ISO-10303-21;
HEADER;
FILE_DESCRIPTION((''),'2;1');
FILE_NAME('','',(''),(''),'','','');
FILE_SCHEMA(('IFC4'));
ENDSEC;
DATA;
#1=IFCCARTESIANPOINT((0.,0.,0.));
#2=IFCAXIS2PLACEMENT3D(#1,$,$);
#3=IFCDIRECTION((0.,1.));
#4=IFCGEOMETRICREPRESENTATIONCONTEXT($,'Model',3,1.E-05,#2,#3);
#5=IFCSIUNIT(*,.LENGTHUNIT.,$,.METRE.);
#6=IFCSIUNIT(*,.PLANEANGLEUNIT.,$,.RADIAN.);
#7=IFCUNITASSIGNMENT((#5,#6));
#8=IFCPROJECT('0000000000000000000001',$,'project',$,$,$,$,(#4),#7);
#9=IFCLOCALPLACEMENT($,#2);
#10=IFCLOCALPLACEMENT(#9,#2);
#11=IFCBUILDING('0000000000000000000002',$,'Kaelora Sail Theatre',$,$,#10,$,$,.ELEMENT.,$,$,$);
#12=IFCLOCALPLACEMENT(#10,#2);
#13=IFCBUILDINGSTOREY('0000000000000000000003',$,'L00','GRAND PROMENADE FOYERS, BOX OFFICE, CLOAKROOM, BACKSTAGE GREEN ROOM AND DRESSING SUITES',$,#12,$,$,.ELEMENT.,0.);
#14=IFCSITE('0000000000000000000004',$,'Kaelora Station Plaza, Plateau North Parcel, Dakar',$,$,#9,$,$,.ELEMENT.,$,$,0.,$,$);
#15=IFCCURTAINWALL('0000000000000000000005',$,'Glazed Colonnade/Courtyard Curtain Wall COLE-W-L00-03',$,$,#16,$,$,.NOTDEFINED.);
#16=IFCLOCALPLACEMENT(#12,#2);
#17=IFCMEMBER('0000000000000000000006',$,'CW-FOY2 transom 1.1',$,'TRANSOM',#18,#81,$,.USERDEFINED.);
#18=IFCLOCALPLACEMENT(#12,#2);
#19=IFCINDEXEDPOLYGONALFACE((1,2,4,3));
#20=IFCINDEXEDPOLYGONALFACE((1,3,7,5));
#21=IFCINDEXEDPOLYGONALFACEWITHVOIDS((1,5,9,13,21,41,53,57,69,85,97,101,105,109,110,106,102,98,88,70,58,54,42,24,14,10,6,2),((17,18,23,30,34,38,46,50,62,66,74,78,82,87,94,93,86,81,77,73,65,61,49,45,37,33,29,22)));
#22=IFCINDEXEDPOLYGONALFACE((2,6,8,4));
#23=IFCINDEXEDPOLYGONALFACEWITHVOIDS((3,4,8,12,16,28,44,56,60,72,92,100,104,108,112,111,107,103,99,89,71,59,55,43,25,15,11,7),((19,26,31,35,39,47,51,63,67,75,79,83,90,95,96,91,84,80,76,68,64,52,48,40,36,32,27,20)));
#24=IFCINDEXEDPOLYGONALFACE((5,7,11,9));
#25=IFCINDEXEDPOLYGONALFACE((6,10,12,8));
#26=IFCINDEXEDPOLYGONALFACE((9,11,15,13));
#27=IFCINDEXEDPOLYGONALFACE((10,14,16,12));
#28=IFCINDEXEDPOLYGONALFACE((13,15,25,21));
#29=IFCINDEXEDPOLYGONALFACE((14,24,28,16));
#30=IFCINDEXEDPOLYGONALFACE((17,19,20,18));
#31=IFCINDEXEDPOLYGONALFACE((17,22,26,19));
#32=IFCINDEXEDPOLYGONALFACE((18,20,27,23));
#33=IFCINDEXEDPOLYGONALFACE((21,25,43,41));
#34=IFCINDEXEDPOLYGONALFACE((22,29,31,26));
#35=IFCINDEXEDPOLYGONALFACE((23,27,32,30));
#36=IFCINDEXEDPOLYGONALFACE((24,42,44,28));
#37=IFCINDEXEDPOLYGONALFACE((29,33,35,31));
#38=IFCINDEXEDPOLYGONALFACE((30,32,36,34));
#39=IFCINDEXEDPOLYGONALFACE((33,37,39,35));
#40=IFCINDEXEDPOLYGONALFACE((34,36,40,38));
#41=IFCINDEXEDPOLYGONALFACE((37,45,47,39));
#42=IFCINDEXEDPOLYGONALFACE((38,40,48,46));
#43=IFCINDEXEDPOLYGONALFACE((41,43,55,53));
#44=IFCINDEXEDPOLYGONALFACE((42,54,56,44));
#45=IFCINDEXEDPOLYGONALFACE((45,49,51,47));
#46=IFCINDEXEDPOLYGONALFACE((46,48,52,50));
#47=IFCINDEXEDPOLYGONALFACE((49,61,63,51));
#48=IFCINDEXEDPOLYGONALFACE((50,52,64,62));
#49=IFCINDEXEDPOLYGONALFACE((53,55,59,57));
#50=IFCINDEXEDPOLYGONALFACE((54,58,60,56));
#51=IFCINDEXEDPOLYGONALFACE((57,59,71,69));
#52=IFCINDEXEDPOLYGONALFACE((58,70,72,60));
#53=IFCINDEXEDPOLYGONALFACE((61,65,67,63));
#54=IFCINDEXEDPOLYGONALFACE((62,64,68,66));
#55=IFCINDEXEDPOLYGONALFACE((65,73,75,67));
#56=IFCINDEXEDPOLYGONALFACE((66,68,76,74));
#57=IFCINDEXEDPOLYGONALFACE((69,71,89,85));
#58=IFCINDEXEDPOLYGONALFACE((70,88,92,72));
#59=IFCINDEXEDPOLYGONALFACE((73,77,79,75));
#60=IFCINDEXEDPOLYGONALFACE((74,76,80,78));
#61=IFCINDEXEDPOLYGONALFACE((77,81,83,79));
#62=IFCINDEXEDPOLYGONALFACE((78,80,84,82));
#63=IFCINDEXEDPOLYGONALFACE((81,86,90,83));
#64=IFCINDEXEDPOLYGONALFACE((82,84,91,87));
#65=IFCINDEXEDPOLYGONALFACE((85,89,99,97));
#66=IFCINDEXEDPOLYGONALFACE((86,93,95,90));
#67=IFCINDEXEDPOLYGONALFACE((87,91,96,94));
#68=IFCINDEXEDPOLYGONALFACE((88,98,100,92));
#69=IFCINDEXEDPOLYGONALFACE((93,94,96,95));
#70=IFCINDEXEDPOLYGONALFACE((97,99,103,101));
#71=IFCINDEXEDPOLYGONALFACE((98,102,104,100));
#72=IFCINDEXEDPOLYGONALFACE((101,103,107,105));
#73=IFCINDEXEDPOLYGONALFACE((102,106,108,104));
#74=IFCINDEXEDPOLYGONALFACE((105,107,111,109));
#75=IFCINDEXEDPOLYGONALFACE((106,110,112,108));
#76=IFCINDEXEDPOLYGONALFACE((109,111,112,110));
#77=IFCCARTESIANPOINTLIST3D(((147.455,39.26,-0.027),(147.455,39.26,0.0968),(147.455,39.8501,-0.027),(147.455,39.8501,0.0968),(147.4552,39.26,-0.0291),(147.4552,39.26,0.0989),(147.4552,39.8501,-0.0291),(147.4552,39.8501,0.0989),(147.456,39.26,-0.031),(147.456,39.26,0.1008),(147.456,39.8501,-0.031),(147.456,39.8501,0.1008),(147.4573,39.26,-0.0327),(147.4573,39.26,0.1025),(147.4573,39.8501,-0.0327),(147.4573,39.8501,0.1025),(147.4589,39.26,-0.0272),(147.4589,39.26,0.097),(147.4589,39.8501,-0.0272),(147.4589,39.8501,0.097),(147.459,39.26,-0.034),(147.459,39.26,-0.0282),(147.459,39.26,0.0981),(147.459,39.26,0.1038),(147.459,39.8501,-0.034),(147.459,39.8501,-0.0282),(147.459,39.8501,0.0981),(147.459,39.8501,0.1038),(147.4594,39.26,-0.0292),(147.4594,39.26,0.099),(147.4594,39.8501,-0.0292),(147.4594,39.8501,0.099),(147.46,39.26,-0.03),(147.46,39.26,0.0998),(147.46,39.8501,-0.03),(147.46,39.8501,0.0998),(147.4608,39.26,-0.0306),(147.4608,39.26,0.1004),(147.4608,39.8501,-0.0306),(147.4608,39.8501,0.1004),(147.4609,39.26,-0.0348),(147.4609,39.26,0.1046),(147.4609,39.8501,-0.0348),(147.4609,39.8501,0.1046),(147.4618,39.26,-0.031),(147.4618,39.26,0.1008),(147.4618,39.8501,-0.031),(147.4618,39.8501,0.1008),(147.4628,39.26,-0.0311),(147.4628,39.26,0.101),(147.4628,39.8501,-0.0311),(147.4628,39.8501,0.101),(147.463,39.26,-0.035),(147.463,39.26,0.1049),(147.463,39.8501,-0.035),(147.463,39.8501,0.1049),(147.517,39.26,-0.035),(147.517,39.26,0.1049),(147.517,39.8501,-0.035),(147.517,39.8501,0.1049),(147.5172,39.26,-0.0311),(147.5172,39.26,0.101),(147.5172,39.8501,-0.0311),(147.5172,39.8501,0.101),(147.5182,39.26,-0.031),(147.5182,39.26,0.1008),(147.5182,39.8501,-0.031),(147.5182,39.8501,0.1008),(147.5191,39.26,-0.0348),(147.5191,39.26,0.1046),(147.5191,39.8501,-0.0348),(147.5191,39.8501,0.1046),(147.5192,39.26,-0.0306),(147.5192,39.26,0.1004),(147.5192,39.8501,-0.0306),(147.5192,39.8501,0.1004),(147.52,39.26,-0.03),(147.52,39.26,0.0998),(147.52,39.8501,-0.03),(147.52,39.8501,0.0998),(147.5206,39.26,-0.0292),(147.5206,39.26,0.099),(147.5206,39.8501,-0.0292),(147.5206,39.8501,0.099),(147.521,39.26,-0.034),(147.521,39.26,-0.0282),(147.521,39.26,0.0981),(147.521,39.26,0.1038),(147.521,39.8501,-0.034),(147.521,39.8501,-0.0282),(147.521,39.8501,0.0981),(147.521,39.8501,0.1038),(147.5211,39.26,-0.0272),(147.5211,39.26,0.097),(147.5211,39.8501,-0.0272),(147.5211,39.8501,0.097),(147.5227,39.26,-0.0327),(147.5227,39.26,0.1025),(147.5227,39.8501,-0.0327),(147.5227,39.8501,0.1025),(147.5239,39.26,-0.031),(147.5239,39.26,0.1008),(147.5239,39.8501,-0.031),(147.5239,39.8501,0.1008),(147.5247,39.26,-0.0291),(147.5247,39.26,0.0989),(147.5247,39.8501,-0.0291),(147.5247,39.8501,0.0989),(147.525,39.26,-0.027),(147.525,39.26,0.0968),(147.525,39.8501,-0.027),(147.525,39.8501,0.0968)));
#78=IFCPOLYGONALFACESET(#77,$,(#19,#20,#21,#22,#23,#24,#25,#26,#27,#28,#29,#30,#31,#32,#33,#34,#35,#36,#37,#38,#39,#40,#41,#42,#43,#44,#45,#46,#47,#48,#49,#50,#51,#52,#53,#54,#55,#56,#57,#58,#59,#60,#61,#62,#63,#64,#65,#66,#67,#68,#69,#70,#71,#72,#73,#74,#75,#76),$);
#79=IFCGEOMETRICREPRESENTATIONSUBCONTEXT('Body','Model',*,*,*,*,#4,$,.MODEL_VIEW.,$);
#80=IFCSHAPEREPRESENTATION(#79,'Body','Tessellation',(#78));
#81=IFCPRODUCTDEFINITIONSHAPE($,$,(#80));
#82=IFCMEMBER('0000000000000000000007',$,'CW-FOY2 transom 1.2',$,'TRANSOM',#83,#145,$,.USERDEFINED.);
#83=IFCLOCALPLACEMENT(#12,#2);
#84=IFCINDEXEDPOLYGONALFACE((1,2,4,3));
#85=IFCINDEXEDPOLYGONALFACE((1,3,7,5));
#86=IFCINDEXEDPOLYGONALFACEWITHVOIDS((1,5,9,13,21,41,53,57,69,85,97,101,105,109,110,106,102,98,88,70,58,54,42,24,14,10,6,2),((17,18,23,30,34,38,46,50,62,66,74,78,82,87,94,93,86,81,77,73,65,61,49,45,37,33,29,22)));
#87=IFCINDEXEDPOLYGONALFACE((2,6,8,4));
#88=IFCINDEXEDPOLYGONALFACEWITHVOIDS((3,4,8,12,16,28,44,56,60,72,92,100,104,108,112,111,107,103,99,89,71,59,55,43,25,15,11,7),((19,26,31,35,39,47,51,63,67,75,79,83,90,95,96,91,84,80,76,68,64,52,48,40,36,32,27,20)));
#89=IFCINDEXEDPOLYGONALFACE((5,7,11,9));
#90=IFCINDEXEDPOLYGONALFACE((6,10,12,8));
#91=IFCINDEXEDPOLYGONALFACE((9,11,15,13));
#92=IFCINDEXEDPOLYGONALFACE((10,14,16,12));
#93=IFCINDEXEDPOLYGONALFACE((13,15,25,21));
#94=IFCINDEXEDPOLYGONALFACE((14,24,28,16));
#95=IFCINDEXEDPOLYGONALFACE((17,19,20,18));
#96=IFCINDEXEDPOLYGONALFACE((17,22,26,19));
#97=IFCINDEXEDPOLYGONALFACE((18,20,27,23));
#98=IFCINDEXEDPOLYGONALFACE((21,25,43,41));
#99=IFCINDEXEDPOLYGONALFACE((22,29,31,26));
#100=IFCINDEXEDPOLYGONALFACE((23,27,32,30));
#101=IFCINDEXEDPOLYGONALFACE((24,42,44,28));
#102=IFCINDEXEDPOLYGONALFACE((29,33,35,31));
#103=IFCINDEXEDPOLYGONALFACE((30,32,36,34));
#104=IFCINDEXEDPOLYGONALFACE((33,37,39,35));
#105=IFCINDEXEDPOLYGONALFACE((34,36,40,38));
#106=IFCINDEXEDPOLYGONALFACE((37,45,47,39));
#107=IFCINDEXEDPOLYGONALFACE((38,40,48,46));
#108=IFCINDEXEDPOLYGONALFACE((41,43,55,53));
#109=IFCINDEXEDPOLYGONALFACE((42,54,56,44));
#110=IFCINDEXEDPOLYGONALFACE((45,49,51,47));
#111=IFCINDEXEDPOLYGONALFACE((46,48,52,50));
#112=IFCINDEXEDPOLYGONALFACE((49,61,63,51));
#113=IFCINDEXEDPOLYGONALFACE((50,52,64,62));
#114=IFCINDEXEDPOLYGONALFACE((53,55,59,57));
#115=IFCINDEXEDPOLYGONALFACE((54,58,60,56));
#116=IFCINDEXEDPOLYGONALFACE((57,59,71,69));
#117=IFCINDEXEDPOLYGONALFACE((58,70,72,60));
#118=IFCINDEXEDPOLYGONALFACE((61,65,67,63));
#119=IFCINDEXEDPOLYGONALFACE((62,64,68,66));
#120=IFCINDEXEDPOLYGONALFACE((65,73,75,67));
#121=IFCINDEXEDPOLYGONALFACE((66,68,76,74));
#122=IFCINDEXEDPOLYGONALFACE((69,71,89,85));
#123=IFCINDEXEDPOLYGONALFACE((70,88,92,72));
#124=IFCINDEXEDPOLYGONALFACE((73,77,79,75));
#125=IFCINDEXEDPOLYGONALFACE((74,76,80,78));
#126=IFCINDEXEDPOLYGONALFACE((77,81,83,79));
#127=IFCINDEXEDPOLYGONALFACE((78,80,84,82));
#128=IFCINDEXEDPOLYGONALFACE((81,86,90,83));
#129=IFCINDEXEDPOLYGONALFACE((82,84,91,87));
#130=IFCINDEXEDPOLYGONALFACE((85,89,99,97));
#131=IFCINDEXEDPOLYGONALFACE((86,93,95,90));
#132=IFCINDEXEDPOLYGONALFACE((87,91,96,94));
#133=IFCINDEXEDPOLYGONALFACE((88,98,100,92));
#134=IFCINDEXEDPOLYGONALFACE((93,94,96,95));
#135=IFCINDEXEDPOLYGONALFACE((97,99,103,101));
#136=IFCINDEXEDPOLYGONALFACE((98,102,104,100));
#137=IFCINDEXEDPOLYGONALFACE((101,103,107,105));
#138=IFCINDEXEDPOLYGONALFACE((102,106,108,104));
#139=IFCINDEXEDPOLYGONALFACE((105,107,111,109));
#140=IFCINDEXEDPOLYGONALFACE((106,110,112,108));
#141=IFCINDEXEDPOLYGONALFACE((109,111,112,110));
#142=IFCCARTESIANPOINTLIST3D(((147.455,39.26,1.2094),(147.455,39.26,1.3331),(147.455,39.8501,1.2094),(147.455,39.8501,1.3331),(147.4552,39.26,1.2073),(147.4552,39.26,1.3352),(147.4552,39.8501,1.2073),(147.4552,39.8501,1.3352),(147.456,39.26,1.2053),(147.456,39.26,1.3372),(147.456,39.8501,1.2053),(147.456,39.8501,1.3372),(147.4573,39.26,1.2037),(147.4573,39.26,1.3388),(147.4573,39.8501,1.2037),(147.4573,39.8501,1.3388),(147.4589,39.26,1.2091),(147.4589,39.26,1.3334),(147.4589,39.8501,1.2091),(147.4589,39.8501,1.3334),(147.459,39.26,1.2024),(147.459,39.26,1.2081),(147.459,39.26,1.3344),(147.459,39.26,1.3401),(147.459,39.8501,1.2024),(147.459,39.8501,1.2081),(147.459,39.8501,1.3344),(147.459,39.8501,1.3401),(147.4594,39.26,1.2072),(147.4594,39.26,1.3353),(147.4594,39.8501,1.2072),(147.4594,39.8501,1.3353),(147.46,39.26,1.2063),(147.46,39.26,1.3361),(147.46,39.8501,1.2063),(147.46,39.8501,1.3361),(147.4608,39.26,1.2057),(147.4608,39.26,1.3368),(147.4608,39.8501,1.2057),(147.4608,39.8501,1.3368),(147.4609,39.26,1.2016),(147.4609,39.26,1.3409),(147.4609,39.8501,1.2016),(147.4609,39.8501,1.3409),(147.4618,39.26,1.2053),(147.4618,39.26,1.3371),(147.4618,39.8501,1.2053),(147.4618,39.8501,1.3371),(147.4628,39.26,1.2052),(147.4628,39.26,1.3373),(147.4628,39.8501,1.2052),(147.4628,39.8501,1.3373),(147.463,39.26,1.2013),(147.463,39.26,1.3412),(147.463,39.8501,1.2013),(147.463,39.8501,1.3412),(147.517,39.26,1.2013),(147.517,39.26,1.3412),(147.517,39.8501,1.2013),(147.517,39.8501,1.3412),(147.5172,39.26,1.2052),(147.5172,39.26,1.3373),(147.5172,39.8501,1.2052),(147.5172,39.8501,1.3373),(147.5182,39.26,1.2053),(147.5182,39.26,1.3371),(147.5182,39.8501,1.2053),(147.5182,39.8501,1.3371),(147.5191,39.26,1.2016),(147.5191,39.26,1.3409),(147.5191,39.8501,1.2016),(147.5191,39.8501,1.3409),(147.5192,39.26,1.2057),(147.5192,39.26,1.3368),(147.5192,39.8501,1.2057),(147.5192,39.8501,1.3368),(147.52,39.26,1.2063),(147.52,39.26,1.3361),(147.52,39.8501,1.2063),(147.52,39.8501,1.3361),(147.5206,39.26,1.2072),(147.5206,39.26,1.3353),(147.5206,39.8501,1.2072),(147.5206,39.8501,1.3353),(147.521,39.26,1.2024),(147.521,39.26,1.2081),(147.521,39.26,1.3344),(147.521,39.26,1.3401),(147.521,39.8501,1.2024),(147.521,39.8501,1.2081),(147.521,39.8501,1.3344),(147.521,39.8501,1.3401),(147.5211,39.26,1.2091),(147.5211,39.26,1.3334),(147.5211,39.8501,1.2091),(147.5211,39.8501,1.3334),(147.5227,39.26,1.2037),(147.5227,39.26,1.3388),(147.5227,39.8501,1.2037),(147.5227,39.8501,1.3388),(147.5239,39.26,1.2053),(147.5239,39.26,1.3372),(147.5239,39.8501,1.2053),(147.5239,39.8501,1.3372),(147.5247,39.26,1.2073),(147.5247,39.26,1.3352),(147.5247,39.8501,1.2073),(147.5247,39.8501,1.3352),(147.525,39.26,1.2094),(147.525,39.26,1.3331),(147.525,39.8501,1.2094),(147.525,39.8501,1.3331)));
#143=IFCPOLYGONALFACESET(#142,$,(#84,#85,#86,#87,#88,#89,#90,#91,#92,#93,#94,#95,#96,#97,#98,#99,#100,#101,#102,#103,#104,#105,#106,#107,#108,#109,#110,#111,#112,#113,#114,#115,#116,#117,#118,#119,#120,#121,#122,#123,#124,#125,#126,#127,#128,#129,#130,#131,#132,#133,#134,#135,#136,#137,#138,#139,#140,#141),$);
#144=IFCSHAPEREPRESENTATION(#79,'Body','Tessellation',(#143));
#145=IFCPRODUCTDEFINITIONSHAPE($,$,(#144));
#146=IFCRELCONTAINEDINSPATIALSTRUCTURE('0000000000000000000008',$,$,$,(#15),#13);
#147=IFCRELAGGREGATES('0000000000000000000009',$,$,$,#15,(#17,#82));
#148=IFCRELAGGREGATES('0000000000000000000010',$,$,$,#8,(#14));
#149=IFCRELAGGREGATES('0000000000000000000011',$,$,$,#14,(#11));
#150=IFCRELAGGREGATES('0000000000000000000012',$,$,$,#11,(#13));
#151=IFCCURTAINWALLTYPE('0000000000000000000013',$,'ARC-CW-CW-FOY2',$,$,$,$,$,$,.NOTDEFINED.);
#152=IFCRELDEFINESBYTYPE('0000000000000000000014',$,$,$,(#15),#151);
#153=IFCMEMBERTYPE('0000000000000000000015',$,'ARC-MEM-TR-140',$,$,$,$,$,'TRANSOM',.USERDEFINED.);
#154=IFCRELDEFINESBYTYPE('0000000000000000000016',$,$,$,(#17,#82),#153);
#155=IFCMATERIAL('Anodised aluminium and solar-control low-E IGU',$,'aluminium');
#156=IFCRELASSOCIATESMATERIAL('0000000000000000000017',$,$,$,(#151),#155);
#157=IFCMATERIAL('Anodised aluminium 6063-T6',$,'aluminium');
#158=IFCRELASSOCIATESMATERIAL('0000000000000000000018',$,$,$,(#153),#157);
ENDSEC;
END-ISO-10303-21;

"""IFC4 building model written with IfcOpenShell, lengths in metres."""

from ifc_helpers import new_model, si_unit, direction, frame, origin, origin_2d, place, context, subcontext, project, spatial, hollow_rectangle, extrude, material, material_profile, profile_set, type_object, element, aggregate, save


model = new_model("IFC4")

# Units and contexts
model_context = context("Model", 3, precision=1e-05, world=origin(), true_north=direction((0.0, 1.0)))
body_context = subcontext(model_context, "Body", "Model", "MODEL_VIEW")
ifc_project = project(units=[si_unit("LENGTHUNIT", "METRE"), si_unit("PLANEANGLEUNIT", "RADIAN")], contexts=[model_context])

# Site, building, storey
site_placement = place(None, origin())
site = spatial("IfcSite", under=ifc_project, at=site_placement, Name="Kaelora Station Plaza, Plateau North Parcel, Dakar", CompositionType="ELEMENT", RefElevation=0.0)
building_placement = place(site_placement, origin())
building = spatial("IfcBuilding", under=site, at=building_placement, Name="Kaelora Sail Theatre", CompositionType="ELEMENT")
storey_placement = place(building_placement, origin())
storey = spatial("IfcBuildingStorey", under=building, at=storey_placement, Name="L00", Description="GRAND PROMENADE FOYERS, BOX OFFICE, CLOAKROOM, BACKSTAGE GREEN ROOM AND DRESSING SUITES", CompositionType="ELEMENT", Elevation=0.0)

# Curtain wall
ifc_material_1 = material(Name="Anodised aluminium and solar-control low-E IGU", Category="aluminium")
curtain_wall_type = type_object("IfcCurtainWallType", Name="ARC-CW-CW-FOY2", PredefinedType="NOTDEFINED", material=ifc_material_1)
curtain_wall_1_placement = place(storey_placement, origin())
curtain_wall_1 = element("IfcCurtainWall", 1, at=curtain_wall_1_placement, inside=storey, type_object=curtain_wall_type, Name="Glazed Colonnade/Courtyard Curtain Wall COLE-W-L00-03", PredefinedType="NOTDEFINED")

# Members
ifc_material_2 = material(Name="Anodised aluminium 6063-T6", Category="aluminium")
ifc_material_profile_1 = material_profile(ifc_material_2, hollow_rectangle(XDim=0.0701, YDim=0.1399, WallThickness=0.0039, InnerFilletRadius=0.0039, OuterFilletRadius=0.0081, at=origin_2d()), Name="ALU-TRAN 70x140x4")
ifc_profile_set_1 = profile_set([ifc_material_profile_1], Name="Anodised aluminium 6063-T6")
member_type_1 = type_object("IfcMemberType", Name="ARC-MEM-TR-140", ElementType="TRANSOM", PredefinedType="USERDEFINED", material=ifc_profile_set_1)
member_1_placement = place(storey_placement, frame((147.49, 39.26, 0.0349), z_axis=(0.0, 1.0, 0.0), x_axis=(-1.0, 0.0, 0.0)))
member_1 = element("IfcMember", 2, at=member_1_placement, type_object=member_type_1, Name="CW-FOY2 transom 1.1", ObjectType="TRANSOM", PredefinedType="USERDEFINED", context=body_context, shape_type="SweptSolid", body=[
    extrude(hollow_rectangle(XDim=0.0701, YDim=0.1399, WallThickness=0.0039, InnerFilletRadius=0.0039, OuterFilletRadius=0.0081, at=origin_2d()), origin(), (0.0, 0.0, 1.0), 0.5901),
])
member_2_placement = place(storey_placement, frame((147.49, 39.26, 1.2712), z_axis=(0.0, 1.0, 0.0), x_axis=(-1.0, 0.0, 0.0)))
member_2 = element("IfcMember", 3, at=member_2_placement, type_object=member_type_1, Name="CW-FOY2 transom 1.2", ObjectType="TRANSOM", PredefinedType="USERDEFINED", context=body_context, shape_type="SweptSolid", body=[
    extrude(hollow_rectangle(XDim=0.0701, YDim=0.1399, WallThickness=0.0039, InnerFilletRadius=0.0039, OuterFilletRadius=0.0081, at=origin_2d()), origin(), (0.0, 0.0, 1.0), 0.5901),
])

aggregate(curtain_wall_1, [member_1, member_2])

save(model, "model.ifc")
